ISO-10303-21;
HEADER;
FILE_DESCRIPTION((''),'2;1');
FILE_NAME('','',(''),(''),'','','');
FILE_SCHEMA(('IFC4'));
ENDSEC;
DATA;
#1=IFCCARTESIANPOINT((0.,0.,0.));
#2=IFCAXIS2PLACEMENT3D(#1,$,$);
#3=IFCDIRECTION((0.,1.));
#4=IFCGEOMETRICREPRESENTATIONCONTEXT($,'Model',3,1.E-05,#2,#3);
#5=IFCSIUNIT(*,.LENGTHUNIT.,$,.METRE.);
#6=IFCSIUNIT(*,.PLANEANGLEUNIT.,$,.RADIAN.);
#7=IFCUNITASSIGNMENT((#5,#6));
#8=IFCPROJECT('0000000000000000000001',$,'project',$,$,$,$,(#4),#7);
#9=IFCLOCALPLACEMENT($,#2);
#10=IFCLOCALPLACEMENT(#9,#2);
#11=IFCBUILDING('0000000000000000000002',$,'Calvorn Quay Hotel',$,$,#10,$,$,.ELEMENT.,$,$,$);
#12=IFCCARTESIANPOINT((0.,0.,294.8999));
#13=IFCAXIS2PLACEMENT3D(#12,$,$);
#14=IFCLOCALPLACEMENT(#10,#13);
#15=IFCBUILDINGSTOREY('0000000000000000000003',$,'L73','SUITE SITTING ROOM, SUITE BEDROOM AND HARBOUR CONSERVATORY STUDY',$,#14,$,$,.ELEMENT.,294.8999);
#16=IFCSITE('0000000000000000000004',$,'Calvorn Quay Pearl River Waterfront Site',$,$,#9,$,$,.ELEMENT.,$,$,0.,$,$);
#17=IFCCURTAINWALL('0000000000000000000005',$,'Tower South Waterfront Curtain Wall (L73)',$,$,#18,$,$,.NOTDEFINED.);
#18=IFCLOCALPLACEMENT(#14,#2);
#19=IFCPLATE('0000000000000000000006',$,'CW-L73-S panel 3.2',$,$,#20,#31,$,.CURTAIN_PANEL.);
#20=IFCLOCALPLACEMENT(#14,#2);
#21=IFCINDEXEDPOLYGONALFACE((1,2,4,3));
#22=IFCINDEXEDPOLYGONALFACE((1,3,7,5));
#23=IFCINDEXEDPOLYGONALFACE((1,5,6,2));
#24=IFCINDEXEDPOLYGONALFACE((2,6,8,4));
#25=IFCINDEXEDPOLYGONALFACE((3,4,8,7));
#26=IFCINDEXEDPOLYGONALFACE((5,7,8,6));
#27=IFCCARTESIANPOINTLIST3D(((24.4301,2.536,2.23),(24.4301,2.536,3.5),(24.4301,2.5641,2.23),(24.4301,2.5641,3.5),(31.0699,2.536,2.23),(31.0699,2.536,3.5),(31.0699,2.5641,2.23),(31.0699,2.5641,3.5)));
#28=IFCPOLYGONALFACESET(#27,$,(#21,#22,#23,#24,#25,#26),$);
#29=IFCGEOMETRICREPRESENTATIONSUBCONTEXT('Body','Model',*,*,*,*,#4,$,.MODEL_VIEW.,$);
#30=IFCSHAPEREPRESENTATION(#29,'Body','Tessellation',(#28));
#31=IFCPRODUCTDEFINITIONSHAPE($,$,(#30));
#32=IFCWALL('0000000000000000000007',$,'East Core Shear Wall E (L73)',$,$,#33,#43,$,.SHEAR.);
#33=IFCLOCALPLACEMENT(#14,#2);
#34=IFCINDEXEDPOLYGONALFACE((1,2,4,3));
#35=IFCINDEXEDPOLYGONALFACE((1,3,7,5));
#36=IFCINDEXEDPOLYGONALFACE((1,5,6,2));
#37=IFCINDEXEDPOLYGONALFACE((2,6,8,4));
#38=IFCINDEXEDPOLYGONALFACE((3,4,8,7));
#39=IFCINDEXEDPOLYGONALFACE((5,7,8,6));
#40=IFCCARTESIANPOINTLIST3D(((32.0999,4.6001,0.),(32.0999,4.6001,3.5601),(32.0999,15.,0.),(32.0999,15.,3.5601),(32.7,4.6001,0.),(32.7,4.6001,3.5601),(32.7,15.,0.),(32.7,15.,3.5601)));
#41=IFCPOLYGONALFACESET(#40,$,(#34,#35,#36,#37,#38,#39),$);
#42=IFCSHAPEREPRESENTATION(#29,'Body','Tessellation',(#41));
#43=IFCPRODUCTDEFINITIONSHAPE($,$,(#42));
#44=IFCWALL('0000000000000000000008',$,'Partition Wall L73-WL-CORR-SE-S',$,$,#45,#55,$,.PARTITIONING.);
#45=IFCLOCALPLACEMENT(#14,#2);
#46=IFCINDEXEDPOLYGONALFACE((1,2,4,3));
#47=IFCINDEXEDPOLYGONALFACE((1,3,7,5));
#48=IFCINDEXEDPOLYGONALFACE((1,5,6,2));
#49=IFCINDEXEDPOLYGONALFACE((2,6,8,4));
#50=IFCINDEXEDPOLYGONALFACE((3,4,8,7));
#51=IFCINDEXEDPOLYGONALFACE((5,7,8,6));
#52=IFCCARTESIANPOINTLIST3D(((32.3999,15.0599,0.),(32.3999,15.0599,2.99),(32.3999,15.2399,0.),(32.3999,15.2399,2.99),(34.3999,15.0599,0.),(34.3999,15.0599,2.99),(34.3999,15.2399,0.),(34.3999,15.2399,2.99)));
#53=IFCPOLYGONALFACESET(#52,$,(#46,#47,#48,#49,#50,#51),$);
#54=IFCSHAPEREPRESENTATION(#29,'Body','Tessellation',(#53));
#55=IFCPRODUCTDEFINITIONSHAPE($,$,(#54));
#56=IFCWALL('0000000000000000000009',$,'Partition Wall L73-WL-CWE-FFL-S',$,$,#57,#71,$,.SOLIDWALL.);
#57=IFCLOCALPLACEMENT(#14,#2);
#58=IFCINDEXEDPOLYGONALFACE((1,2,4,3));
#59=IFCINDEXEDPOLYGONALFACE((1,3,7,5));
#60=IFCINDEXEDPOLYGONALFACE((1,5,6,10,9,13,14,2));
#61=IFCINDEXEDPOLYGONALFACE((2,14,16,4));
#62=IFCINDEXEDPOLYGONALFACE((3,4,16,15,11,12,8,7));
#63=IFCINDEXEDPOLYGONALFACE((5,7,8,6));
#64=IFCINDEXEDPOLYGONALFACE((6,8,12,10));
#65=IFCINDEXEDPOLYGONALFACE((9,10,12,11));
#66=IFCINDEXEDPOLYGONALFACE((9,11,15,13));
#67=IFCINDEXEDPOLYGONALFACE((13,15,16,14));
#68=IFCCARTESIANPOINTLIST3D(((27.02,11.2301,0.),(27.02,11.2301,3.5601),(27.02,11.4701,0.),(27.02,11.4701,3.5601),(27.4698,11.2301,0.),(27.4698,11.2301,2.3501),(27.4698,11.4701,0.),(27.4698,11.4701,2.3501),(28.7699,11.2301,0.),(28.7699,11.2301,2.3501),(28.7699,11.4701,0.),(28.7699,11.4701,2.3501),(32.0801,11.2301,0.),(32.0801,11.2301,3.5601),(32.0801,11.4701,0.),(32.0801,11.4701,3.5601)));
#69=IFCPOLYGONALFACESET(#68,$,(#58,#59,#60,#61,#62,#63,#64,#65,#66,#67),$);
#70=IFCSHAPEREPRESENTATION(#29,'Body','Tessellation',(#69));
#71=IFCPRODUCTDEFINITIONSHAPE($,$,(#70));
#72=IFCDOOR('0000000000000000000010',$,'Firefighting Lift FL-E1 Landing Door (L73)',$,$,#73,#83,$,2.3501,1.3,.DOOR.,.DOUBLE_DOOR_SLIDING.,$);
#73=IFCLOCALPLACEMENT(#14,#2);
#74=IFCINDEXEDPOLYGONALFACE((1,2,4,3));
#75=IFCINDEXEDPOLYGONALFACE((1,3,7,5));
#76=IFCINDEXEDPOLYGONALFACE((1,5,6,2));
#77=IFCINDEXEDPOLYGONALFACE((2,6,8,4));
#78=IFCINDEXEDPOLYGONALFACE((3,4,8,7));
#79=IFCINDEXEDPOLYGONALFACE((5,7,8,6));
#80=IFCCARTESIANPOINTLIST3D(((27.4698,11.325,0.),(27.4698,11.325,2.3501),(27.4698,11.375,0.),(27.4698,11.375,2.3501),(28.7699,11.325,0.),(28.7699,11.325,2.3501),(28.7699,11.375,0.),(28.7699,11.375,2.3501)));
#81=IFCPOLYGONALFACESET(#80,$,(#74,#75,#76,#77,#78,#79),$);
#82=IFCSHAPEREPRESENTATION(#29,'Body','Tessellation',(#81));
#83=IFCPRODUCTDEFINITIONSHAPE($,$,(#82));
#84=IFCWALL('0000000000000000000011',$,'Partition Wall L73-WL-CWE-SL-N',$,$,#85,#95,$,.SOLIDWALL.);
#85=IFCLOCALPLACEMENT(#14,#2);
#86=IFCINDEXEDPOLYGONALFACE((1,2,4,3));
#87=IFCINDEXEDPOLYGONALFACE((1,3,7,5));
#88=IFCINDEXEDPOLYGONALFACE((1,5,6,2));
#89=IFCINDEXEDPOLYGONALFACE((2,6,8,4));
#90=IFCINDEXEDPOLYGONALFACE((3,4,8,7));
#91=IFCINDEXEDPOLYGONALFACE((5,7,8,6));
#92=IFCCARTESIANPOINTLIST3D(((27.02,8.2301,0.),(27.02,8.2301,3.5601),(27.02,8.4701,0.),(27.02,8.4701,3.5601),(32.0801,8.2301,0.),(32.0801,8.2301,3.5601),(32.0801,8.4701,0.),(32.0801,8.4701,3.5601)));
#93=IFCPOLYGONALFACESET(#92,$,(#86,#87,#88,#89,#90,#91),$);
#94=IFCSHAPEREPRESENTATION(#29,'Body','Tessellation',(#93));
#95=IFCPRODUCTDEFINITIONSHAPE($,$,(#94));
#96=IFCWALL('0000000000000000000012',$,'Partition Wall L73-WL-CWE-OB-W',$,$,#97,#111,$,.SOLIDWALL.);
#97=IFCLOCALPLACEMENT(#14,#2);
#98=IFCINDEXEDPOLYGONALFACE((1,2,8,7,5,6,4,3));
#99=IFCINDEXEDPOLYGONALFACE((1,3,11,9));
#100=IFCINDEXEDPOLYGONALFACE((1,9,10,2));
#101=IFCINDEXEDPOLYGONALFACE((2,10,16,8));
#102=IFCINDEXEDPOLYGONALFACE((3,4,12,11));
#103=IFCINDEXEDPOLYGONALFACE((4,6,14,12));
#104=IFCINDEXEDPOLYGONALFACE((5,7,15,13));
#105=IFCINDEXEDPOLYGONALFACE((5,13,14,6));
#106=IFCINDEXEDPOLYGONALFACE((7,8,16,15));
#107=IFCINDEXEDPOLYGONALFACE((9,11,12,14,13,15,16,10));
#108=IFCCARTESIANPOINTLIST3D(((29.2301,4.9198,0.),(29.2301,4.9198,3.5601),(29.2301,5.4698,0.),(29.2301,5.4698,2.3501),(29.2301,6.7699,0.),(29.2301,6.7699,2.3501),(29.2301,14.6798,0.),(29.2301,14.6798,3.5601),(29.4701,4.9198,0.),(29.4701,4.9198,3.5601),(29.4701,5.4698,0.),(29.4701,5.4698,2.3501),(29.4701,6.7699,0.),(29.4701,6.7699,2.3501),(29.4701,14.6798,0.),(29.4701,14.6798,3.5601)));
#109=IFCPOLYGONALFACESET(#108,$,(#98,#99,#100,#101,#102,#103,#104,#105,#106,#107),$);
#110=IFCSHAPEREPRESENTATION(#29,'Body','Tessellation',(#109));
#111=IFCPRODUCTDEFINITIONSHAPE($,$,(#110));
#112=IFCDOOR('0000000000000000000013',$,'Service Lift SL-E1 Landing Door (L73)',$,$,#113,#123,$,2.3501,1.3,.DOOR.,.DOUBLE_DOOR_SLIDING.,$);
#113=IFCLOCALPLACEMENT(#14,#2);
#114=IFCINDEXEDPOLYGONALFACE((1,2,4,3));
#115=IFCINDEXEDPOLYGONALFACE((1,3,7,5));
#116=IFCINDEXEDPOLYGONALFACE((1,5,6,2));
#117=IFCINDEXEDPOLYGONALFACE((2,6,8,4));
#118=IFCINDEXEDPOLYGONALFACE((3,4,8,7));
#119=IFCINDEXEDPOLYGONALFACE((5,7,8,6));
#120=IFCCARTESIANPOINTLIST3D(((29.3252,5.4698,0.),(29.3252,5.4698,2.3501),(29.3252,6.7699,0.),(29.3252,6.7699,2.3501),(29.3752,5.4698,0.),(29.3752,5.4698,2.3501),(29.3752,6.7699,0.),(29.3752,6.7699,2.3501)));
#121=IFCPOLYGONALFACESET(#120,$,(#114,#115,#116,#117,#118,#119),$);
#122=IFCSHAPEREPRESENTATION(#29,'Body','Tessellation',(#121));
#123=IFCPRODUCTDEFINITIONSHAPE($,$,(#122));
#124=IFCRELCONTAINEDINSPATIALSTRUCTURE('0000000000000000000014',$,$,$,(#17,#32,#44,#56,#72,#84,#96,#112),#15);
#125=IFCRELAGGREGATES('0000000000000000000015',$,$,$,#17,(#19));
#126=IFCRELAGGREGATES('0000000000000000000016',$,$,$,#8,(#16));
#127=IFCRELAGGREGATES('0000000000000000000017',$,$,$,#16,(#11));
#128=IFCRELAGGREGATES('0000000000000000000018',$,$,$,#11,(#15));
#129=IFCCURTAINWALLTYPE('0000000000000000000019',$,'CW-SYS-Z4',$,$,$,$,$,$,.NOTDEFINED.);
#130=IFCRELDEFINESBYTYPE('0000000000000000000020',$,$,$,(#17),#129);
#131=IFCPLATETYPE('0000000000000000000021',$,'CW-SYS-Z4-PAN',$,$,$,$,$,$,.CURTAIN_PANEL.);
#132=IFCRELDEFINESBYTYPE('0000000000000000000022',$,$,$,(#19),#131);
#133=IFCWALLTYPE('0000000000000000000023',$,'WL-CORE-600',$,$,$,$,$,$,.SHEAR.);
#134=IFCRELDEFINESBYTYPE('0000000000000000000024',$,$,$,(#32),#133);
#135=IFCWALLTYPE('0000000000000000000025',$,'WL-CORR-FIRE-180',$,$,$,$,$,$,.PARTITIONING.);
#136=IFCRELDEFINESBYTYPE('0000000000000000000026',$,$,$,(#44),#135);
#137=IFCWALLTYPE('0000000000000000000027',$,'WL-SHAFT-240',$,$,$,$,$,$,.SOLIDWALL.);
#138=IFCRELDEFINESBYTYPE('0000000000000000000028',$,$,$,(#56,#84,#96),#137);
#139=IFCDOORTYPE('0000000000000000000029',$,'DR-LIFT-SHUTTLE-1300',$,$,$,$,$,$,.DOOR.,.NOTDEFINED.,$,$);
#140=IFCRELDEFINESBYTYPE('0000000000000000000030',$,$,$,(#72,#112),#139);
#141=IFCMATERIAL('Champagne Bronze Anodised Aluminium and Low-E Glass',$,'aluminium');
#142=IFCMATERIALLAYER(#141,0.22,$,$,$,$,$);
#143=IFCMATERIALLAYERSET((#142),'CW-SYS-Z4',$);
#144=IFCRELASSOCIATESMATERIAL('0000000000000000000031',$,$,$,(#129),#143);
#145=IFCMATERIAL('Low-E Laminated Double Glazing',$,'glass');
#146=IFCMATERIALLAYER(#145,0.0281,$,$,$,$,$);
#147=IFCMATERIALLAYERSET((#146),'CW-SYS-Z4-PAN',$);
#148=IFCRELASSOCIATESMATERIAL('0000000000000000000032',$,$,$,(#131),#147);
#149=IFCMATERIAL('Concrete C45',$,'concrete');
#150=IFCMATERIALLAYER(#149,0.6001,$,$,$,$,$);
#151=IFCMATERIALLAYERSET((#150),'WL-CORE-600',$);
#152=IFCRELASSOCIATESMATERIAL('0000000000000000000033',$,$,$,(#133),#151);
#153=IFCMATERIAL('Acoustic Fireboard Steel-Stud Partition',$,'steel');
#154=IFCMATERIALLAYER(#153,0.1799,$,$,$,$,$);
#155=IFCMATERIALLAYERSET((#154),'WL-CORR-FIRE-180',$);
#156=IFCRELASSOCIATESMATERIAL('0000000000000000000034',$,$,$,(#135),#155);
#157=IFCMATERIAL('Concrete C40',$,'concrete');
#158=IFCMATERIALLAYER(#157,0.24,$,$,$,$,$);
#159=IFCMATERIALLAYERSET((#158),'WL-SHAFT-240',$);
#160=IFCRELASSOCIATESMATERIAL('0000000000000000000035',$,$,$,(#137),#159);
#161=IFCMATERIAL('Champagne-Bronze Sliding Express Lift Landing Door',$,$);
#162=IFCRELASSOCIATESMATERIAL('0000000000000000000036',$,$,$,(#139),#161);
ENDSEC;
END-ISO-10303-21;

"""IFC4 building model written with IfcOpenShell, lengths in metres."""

from ifc_helpers import new_model, si_unit, direction, frame, frame_2d, origin, origin_2d, place, context, subcontext, project, spatial, rectangle, extrude, material, layer, layer_set, type_object, element, fill, aggregate, save


model = new_model("IFC4")

# Units and contexts
model_context = context("Model", 3, precision=1e-05, world=origin(), true_north=direction((0.0, 1.0)))
body_context = subcontext(model_context, "Body", "Model", "MODEL_VIEW")
ifc_project = project(units=[si_unit("LENGTHUNIT", "METRE"), si_unit("PLANEANGLEUNIT", "RADIAN")], contexts=[model_context])

# Site, building, storey
site_placement = place(None, origin())
site = spatial("IfcSite", under=ifc_project, at=site_placement, Name="Calvorn Quay Pearl River Waterfront Site", CompositionType="ELEMENT", RefElevation=0.0)
building_placement = place(site_placement, origin())
building = spatial("IfcBuilding", under=site, at=building_placement, Name="Calvorn Quay Hotel", CompositionType="ELEMENT")
storey_placement = place(building_placement, frame((0.0, 0.0, 294.8999)))
storey = spatial("IfcBuildingStorey", under=building, at=storey_placement, Name="L73", Description="SUITE SITTING ROOM, SUITE BEDROOM AND HARBOUR CONSERVATORY STUDY", CompositionType="ELEMENT", Elevation=294.8999)

# Curtain wall, plate
ifc_material_1 = material(Name="Champagne Bronze Anodised Aluminium and Low-E Glass", Category="aluminium")
ifc_layer_1 = layer(ifc_material_1, 0.22)
ifc_layer_set_1 = layer_set([ifc_layer_1], Name="CW-SYS-Z4")
curtain_wall_type = type_object("IfcCurtainWallType", Name="CW-SYS-Z4", PredefinedType="NOTDEFINED", material=ifc_layer_set_1)
curtain_wall_placement = place(storey_placement, origin())
curtain_wall = element("IfcCurtainWall", 1, at=curtain_wall_placement, inside=storey, type_object=curtain_wall_type, Name="Tower South Waterfront Curtain Wall (L73)", PredefinedType="NOTDEFINED")
ifc_material_2 = material(Name="Low-E Laminated Double Glazing", Category="glass")
ifc_layer_2 = layer(ifc_material_2, 0.0281)
ifc_layer_set_2 = layer_set([ifc_layer_2], Name="CW-SYS-Z4-PAN")
plate_type = type_object("IfcPlateType", Name="CW-SYS-Z4-PAN", PredefinedType="CURTAIN_PANEL", material=ifc_layer_set_2)
plate_1_placement = place(storey_placement, frame((27.75, 2.55, 2.23), z_axis=(0.0, 0.0, 1.0), x_axis=(1.0, 0.0, 0.0)))
plate_1 = element("IfcPlate", 2, at=plate_1_placement, type_object=plate_type, Name="CW-L73-S panel 3.2", PredefinedType="CURTAIN_PANEL", context=body_context, shape_type="SweptSolid", body=[
    extrude(rectangle(XDim=6.6399, YDim=0.0281, at=origin_2d()), origin(), (0.0, 0.0, 1.0), 1.27),
])
aggregate(curtain_wall, [plate_1])

# Walls
ifc_material_3 = material(Name="Concrete C45", Category="concrete")
ifc_layer_3 = layer(ifc_material_3, 0.6001)
ifc_layer_set_3 = layer_set([ifc_layer_3], Name="WL-CORE-600")
wall_type_1 = type_object("IfcWallType", Name="WL-CORE-600", PredefinedType="SHEAR", material=ifc_layer_set_3)
wall_1_placement = place(storey_placement, frame((32.3999, 4.6001, 0.0), z_axis=(0.0, 0.0, 1.0), x_axis=(0.0, 1.0, 0.0)))
element("IfcWall", 3, at=wall_1_placement, inside=storey, type_object=wall_type_1, Name="East Core Shear Wall E (L73)", PredefinedType="SHEAR", context=body_context, shape_type="SweptSolid", body=[
    extrude(rectangle(XDim=10.3999, YDim=0.6001, at=frame_2d((5.2, 0.0))), origin(), (0.0, 0.0, 1.0), 3.5601),
])
ifc_material_4 = material(Name="Acoustic Fireboard Steel-Stud Partition", Category="steel")
ifc_layer_4 = layer(ifc_material_4, 0.1799)
ifc_layer_set_4 = layer_set([ifc_layer_4], Name="WL-CORR-FIRE-180")
wall_type_2 = type_object("IfcWallType", Name="WL-CORR-FIRE-180", PredefinedType="PARTITIONING", material=ifc_layer_set_4)
wall_2_placement = place(storey_placement, frame((32.3999, 15.1499, 0.0), z_axis=(0.0, 0.0, 1.0), x_axis=(1.0, 0.0, 0.0)))
element("IfcWall", 4, at=wall_2_placement, inside=storey, type_object=wall_type_2, Name="Partition Wall L73-WL-CORR-SE-S", PredefinedType="PARTITIONING", context=body_context, shape_type="SweptSolid", body=[
    extrude(rectangle(XDim=2.0, YDim=0.1799, at=frame_2d((1.0, 0.0))), origin(), (0.0, 0.0, 1.0), 2.99),
])

# Wall, opening, door
ifc_material_5 = material(Name="Concrete C40", Category="concrete")
ifc_layer_5 = layer(ifc_material_5, 0.24)
ifc_layer_set_5 = layer_set([ifc_layer_5], Name="WL-SHAFT-240")
wall_type_3 = type_object("IfcWallType", Name="WL-SHAFT-240", PredefinedType="SOLIDWALL", material=ifc_layer_set_5)
wall_3_placement = place(storey_placement, frame((27.02, 11.3501, 0.0), z_axis=(0.0, 0.0, 1.0), x_axis=(1.0, 0.0, 0.0)))
wall_3 = element("IfcWall", 5, at=wall_3_placement, inside=storey, type_object=wall_type_3, Name="Partition Wall L73-WL-CWE-FFL-S", PredefinedType="SOLIDWALL", context=body_context, shape_type="SweptSolid", body=[
    extrude(rectangle(XDim=5.0601, YDim=0.24, at=frame_2d((2.53, 0.0))), origin(), (0.0, 0.0, 1.0), 3.5601),
])
opening_1_placement = place(wall_3_placement, frame((0.45, 0.0, 0.0)))
opening_1 = element("IfcOpeningElement", 6, at=opening_1_placement, cuts=wall_3, PredefinedType="OPENING", context=body_context, shape_type="SweptSolid", body=[
    extrude(rectangle(XDim=1.3, YDim=2.3501, at=frame_2d((0.6499, 1.175))), frame((0.0, 0.1299, 0.0), z_axis=(0.0, -1.0, 0.0), x_axis=(1.0, 0.0, 0.0)), (0.0, 0.0, 1.0), 0.26),
])
ifc_material_6 = material(Name="Champagne-Bronze Sliding Express Lift Landing Door")
door_type = type_object("IfcDoorType", Name="DR-LIFT-SHUTTLE-1300", OperationType="NOTDEFINED", PredefinedType="DOOR", material=ifc_material_6)
door_1_placement = place(opening_1_placement, origin())
door_1 = element("IfcDoor", 7, at=door_1_placement, inside=storey, type_object=door_type, Name="Firefighting Lift FL-E1 Landing Door (L73)", OperationType="DOUBLE_DOOR_SLIDING", OverallHeight=2.3501, OverallWidth=1.3, PredefinedType="DOOR", context=body_context, shape_type="SweptSolid", body=[
    extrude(rectangle(XDim=1.3, YDim=2.3501, at=frame_2d((0.6499, 1.175))), frame((0.0, 0.0249, 0.0), z_axis=(0.0, -1.0, 0.0), x_axis=(1.0, 0.0, 0.0)), (0.0, 0.0, 1.0), 0.05),
])
fill(opening_1, door_1)

# Wall
wall_4_placement = place(storey_placement, frame((27.02, 8.3501, 0.0), z_axis=(0.0, 0.0, 1.0), x_axis=(1.0, 0.0, 0.0)))
element("IfcWall", 8, at=wall_4_placement, inside=storey, type_object=wall_type_3, Name="Partition Wall L73-WL-CWE-SL-N", PredefinedType="SOLIDWALL", context=body_context, shape_type="SweptSolid", body=[
    extrude(rectangle(XDim=5.0601, YDim=0.24, at=frame_2d((2.53, 0.0))), origin(), (0.0, 0.0, 1.0), 3.5601),
])

# Wall, opening, door
wall_5_placement = place(storey_placement, frame((29.3501, 4.9199, 0.0), z_axis=(0.0, 0.0, 1.0), x_axis=(0.0, 1.0, 0.0)))
wall_5 = element("IfcWall", 9, at=wall_5_placement, inside=storey, type_object=wall_type_3, Name="Partition Wall L73-WL-CWE-OB-W", PredefinedType="SOLIDWALL", context=body_context, shape_type="SweptSolid", body=[
    extrude(rectangle(XDim=9.76, YDim=0.24, at=frame_2d((4.8799, 0.0))), origin(), (0.0, 0.0, 1.0), 3.5601),
])
opening_2_placement = place(wall_5_placement, frame((0.55, 0.0, 0.0)))
opening_2 = element("IfcOpeningElement", 10, at=opening_2_placement, cuts=wall_5, PredefinedType="OPENING", context=body_context, shape_type="SweptSolid", body=[
    extrude(rectangle(XDim=1.3, YDim=2.3501, at=frame_2d((0.6499, 1.175))), frame((0.0, 0.1299, 0.0), z_axis=(0.0, -1.0, 0.0), x_axis=(1.0, 0.0, 0.0)), (0.0, 0.0, 1.0), 0.26),
])
door_2_placement = place(opening_2_placement, origin())
door_2 = element("IfcDoor", 11, at=door_2_placement, inside=storey, type_object=door_type, Name="Service Lift SL-E1 Landing Door (L73)", OperationType="DOUBLE_DOOR_SLIDING", OverallHeight=2.3501, OverallWidth=1.3, PredefinedType="DOOR", context=body_context, shape_type="SweptSolid", body=[
    extrude(rectangle(XDim=1.3, YDim=2.3501, at=frame_2d((0.6499, 1.175))), frame((0.0, 0.0249, 0.0), z_axis=(0.0, -1.0, 0.0), x_axis=(1.0, 0.0, 0.0)), (0.0, 0.0, 1.0), 0.05),
])
fill(opening_2, door_2)

save(model, "model.ifc")
